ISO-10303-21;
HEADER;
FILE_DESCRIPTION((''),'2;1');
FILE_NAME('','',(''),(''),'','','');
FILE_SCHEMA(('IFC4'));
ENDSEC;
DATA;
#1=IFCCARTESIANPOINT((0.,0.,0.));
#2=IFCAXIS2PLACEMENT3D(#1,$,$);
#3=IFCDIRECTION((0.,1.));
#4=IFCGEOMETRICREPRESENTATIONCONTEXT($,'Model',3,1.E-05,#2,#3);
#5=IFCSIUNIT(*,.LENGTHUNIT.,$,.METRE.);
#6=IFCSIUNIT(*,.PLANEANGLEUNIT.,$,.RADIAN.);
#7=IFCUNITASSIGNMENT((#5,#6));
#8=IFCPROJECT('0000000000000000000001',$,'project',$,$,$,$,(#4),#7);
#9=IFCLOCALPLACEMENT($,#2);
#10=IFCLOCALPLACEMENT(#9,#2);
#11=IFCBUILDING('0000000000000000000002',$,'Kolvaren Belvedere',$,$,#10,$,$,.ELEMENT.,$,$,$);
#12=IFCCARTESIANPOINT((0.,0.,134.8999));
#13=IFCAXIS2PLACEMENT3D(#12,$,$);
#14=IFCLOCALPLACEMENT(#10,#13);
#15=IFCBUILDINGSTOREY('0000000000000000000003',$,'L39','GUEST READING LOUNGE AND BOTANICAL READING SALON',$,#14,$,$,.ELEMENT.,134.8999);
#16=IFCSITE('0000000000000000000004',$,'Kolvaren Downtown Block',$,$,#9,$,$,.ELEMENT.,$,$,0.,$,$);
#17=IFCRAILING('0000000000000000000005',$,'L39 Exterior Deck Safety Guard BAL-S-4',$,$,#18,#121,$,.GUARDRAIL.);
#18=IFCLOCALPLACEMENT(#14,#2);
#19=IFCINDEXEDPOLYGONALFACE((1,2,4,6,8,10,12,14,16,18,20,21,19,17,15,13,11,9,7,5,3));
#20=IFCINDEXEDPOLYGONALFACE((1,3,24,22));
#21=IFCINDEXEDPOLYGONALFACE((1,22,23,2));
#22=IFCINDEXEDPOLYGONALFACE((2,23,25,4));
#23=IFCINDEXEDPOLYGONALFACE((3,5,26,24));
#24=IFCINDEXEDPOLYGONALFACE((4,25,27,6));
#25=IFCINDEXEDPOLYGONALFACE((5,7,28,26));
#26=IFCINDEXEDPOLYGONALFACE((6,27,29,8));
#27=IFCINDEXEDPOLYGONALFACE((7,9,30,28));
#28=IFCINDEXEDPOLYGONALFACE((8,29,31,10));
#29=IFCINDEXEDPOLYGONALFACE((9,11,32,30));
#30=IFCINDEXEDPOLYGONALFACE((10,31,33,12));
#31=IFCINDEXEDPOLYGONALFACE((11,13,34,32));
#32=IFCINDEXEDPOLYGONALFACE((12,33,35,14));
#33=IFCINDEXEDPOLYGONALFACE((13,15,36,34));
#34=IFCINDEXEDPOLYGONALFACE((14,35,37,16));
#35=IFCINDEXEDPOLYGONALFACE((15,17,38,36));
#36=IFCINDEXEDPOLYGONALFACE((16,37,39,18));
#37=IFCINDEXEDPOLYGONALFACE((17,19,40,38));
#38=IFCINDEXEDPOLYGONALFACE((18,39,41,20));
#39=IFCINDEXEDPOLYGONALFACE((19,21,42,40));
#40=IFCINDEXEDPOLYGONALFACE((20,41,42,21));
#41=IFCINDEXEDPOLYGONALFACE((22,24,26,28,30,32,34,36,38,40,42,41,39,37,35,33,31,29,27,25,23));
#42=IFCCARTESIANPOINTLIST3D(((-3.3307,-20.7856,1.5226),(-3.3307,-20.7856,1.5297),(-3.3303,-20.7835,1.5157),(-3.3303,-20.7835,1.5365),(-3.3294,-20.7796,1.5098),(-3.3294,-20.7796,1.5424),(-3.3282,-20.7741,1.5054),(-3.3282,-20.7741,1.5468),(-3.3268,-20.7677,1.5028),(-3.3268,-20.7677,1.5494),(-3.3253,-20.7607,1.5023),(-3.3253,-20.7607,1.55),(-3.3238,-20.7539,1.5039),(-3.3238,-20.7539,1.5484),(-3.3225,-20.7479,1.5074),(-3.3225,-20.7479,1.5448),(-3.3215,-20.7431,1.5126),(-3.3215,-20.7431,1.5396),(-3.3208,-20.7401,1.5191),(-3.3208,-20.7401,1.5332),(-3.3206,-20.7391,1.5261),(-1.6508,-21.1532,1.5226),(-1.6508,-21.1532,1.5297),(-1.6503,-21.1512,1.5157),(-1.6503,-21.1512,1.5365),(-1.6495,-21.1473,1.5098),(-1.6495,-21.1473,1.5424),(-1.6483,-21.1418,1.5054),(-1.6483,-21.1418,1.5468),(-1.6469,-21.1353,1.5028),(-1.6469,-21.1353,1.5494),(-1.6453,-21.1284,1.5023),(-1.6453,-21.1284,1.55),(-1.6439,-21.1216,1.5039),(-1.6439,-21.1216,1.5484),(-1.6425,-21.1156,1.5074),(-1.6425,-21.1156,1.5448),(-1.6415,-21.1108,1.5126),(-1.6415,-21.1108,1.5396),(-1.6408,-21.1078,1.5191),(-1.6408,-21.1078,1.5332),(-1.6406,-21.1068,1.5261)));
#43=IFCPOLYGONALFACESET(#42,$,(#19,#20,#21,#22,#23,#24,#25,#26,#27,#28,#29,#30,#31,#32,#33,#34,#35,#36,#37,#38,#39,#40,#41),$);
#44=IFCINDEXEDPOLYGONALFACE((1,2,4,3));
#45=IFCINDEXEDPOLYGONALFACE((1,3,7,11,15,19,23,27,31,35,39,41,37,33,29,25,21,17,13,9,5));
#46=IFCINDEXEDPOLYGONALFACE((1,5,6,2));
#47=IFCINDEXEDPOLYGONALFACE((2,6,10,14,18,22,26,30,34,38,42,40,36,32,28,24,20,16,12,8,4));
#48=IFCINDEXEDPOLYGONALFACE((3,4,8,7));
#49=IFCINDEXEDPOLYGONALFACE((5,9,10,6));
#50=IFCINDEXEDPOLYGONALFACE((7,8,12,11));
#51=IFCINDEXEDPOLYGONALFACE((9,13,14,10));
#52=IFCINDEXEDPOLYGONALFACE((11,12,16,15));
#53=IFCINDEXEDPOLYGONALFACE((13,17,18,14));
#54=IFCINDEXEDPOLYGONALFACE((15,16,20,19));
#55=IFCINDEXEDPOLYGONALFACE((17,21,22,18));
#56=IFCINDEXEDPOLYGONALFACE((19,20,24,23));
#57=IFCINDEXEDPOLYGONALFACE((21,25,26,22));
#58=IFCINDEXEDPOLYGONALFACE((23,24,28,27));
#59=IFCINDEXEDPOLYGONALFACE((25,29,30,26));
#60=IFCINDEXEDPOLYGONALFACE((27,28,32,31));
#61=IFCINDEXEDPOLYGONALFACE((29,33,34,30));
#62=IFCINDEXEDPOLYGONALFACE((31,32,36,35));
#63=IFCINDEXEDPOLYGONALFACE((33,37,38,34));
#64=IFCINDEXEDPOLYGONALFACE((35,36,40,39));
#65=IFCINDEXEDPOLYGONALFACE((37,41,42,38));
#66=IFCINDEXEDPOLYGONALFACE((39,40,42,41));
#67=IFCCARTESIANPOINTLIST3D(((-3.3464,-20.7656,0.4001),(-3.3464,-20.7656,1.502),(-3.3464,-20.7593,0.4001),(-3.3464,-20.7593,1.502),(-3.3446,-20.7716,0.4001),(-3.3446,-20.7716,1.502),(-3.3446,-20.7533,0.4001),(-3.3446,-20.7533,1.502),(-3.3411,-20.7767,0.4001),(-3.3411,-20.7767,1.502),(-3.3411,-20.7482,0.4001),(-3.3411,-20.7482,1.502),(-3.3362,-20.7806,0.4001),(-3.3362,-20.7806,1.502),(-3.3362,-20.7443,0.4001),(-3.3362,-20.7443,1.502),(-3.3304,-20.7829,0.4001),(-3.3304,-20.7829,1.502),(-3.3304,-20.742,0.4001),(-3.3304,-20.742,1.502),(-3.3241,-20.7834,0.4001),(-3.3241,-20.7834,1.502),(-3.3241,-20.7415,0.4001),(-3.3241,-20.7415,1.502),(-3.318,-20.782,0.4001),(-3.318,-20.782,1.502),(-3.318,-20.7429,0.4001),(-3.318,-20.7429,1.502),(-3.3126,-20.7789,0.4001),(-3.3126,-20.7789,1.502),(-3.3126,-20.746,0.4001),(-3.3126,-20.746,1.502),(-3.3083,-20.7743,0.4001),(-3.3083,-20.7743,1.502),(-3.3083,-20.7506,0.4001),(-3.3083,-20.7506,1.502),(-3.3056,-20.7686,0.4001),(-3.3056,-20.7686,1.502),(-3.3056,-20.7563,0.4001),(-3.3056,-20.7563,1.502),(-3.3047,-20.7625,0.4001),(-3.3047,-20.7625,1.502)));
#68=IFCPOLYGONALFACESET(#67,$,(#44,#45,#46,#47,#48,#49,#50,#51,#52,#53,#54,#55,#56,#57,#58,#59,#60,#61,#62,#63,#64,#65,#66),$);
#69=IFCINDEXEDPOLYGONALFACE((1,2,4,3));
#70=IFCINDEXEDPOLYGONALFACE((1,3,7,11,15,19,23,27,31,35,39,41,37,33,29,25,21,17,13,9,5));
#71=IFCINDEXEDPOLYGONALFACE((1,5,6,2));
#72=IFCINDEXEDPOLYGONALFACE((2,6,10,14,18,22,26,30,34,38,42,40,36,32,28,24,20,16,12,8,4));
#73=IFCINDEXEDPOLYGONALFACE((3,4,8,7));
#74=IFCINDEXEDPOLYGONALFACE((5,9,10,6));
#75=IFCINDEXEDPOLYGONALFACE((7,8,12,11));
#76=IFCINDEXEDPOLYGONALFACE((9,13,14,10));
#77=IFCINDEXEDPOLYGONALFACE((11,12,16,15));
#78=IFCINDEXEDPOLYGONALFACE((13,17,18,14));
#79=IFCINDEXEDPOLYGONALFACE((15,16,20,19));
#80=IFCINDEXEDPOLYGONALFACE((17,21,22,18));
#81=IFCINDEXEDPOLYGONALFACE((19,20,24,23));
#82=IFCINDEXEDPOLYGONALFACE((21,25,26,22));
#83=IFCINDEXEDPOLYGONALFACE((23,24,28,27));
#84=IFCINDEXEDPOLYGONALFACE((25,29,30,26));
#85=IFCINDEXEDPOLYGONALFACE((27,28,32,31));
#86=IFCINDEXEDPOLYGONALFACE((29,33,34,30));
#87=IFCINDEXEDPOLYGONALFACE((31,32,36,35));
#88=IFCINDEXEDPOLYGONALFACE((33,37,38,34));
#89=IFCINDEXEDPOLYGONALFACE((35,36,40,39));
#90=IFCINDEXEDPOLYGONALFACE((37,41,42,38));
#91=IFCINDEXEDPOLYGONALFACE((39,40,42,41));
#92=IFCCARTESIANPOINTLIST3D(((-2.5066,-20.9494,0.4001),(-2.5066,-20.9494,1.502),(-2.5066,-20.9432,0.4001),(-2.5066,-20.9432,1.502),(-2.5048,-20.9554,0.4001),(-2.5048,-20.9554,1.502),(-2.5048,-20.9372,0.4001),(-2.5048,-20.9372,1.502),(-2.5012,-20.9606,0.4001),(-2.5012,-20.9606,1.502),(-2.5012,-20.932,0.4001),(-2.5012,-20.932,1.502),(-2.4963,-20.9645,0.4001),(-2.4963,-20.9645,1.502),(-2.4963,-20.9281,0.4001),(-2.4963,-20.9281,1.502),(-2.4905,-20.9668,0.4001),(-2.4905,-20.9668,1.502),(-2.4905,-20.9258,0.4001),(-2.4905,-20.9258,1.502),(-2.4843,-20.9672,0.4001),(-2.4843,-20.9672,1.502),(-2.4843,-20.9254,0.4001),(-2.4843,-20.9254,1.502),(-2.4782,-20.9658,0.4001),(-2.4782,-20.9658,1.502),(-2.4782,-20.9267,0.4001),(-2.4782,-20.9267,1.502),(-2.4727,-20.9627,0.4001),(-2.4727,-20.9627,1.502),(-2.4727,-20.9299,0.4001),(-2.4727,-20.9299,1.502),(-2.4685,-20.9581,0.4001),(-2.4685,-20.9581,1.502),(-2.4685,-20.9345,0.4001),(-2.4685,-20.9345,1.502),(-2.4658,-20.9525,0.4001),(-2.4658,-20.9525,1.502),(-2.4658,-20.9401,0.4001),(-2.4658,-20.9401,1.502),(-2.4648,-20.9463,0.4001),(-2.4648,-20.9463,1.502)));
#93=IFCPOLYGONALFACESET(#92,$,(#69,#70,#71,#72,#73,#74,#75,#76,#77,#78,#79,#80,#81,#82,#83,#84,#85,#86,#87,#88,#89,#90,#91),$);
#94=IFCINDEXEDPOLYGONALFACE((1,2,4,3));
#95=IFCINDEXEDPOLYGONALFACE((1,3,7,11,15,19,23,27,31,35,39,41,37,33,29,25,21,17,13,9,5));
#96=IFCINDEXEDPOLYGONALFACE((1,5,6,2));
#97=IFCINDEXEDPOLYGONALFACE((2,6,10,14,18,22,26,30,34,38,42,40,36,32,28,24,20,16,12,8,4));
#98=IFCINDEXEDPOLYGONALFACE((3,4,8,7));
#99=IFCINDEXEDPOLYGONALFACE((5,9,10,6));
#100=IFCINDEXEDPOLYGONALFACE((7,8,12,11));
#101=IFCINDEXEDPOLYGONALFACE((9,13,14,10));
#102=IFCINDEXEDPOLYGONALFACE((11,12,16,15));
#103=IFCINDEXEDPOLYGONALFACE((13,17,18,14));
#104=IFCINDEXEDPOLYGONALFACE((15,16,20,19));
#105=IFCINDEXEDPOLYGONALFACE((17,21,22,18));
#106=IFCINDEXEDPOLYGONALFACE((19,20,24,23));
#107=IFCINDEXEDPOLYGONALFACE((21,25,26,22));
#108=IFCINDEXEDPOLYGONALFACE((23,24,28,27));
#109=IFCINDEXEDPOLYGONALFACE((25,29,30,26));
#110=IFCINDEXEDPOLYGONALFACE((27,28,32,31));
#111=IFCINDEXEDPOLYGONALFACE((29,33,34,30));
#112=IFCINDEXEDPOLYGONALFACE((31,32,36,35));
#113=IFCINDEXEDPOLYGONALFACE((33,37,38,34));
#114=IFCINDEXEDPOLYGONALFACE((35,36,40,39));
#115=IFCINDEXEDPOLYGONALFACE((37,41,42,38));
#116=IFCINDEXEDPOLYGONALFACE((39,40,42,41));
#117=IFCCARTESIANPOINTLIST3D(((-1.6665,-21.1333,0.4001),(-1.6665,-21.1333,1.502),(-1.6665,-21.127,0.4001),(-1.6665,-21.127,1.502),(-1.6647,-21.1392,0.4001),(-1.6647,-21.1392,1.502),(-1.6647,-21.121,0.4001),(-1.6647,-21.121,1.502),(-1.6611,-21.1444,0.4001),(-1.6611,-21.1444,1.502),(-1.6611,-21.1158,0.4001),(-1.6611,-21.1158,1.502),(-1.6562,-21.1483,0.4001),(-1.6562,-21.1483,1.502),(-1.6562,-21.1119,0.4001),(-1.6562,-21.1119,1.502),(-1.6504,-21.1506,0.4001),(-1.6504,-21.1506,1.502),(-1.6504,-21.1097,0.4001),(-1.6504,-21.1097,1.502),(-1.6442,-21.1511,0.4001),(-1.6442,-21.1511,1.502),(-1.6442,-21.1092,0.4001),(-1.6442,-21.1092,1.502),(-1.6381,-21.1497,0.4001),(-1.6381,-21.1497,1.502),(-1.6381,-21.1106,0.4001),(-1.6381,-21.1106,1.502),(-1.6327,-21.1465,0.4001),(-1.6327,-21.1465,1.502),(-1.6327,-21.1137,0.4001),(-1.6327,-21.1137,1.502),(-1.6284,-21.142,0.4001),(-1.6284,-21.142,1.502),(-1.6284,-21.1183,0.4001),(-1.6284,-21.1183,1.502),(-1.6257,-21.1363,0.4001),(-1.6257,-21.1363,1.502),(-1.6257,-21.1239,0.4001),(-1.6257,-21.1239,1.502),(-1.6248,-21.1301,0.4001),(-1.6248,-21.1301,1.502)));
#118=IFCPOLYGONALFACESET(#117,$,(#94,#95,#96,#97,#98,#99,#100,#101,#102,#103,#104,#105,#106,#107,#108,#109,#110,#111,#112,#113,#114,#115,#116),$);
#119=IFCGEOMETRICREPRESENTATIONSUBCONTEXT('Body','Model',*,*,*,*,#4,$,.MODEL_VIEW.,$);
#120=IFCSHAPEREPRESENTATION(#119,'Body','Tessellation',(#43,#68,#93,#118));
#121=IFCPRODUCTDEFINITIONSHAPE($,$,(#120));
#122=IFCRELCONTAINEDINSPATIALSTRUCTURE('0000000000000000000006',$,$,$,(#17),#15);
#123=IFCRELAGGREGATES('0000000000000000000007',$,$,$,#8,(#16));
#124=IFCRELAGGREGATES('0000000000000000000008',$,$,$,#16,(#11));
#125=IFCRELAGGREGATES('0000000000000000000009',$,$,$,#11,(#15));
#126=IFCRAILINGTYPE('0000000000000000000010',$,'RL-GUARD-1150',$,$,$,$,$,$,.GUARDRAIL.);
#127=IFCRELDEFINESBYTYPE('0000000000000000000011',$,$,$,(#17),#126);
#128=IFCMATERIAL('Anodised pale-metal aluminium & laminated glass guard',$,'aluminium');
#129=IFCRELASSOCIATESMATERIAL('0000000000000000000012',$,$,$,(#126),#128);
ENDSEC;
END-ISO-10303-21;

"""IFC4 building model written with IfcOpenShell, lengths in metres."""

from ifc_helpers import new_model, si_unit, direction, frame, origin, origin_2d, place, context, subcontext, project, spatial, circle, extrude, material, type_object, element, save


model = new_model("IFC4")

# Units and contexts
model_context = context("Model", 3, precision=1e-05, world=origin(), true_north=direction((0.0, 1.0)))
body_context = subcontext(model_context, "Body", "Model", "MODEL_VIEW")
ifc_project = project(units=[si_unit("LENGTHUNIT", "METRE"), si_unit("PLANEANGLEUNIT", "RADIAN")], contexts=[model_context])

# Site, building, storey
site_placement = place(None, origin())
site = spatial("IfcSite", under=ifc_project, at=site_placement, Name="Kolvaren Downtown Block", CompositionType="ELEMENT", RefElevation=0.0)
building_placement = place(site_placement, origin())
building = spatial("IfcBuilding", under=site, at=building_placement, Name="Kolvaren Belvedere", CompositionType="ELEMENT")
storey_placement = place(building_placement, frame((0.0, 0.0, 134.8999)))
storey = spatial("IfcBuildingStorey", under=building, at=storey_placement, Name="L39", Description="GUEST READING LOUNGE AND BOTANICAL READING SALON", CompositionType="ELEMENT", Elevation=134.8999)

# Railing
ifc_material_1 = material(Name="Anodised pale-metal aluminium & laminated glass guard", Category="aluminium")
railing_type = type_object("IfcRailingType", Name="RL-GUARD-1150", PredefinedType="GUARDRAIL", material=ifc_material_1)
railing_1_placement = place(storey_placement, frame((-3.3257, -20.7625, 0.4001)))
element("IfcRailing", 1, at=railing_1_placement, inside=storey, type_object=railing_type, Name="L39 Exterior Deck Safety Guard BAL-S-4", PredefinedType="GUARDRAIL", context=body_context, shape_type="SweptSolid", body=[
    extrude(circle(Radius=0.0239, at=origin_2d()), frame((0.0, 0.0, 1.126), z_axis=(0.976877, -0.213803, 0.0), x_axis=(0.213803, 0.976877, 0.0)), (0.0, 0.0, 1.0), 1.7197),
    extrude(circle(Radius=0.021, at=origin_2d()), origin(), (0.0, 0.0, 1.0), 1.1018),
    extrude(circle(Radius=0.021, at=origin_2d()), frame((0.8398, -0.1838, 0.0)), (0.0, 0.0, 1.0), 1.1018),
    extrude(circle(Radius=0.021, at=origin_2d()), frame((1.6799, -0.3677, 0.0)), (0.0, 0.0, 1.0), 1.1018),
])

save(model, "model.ifc")
